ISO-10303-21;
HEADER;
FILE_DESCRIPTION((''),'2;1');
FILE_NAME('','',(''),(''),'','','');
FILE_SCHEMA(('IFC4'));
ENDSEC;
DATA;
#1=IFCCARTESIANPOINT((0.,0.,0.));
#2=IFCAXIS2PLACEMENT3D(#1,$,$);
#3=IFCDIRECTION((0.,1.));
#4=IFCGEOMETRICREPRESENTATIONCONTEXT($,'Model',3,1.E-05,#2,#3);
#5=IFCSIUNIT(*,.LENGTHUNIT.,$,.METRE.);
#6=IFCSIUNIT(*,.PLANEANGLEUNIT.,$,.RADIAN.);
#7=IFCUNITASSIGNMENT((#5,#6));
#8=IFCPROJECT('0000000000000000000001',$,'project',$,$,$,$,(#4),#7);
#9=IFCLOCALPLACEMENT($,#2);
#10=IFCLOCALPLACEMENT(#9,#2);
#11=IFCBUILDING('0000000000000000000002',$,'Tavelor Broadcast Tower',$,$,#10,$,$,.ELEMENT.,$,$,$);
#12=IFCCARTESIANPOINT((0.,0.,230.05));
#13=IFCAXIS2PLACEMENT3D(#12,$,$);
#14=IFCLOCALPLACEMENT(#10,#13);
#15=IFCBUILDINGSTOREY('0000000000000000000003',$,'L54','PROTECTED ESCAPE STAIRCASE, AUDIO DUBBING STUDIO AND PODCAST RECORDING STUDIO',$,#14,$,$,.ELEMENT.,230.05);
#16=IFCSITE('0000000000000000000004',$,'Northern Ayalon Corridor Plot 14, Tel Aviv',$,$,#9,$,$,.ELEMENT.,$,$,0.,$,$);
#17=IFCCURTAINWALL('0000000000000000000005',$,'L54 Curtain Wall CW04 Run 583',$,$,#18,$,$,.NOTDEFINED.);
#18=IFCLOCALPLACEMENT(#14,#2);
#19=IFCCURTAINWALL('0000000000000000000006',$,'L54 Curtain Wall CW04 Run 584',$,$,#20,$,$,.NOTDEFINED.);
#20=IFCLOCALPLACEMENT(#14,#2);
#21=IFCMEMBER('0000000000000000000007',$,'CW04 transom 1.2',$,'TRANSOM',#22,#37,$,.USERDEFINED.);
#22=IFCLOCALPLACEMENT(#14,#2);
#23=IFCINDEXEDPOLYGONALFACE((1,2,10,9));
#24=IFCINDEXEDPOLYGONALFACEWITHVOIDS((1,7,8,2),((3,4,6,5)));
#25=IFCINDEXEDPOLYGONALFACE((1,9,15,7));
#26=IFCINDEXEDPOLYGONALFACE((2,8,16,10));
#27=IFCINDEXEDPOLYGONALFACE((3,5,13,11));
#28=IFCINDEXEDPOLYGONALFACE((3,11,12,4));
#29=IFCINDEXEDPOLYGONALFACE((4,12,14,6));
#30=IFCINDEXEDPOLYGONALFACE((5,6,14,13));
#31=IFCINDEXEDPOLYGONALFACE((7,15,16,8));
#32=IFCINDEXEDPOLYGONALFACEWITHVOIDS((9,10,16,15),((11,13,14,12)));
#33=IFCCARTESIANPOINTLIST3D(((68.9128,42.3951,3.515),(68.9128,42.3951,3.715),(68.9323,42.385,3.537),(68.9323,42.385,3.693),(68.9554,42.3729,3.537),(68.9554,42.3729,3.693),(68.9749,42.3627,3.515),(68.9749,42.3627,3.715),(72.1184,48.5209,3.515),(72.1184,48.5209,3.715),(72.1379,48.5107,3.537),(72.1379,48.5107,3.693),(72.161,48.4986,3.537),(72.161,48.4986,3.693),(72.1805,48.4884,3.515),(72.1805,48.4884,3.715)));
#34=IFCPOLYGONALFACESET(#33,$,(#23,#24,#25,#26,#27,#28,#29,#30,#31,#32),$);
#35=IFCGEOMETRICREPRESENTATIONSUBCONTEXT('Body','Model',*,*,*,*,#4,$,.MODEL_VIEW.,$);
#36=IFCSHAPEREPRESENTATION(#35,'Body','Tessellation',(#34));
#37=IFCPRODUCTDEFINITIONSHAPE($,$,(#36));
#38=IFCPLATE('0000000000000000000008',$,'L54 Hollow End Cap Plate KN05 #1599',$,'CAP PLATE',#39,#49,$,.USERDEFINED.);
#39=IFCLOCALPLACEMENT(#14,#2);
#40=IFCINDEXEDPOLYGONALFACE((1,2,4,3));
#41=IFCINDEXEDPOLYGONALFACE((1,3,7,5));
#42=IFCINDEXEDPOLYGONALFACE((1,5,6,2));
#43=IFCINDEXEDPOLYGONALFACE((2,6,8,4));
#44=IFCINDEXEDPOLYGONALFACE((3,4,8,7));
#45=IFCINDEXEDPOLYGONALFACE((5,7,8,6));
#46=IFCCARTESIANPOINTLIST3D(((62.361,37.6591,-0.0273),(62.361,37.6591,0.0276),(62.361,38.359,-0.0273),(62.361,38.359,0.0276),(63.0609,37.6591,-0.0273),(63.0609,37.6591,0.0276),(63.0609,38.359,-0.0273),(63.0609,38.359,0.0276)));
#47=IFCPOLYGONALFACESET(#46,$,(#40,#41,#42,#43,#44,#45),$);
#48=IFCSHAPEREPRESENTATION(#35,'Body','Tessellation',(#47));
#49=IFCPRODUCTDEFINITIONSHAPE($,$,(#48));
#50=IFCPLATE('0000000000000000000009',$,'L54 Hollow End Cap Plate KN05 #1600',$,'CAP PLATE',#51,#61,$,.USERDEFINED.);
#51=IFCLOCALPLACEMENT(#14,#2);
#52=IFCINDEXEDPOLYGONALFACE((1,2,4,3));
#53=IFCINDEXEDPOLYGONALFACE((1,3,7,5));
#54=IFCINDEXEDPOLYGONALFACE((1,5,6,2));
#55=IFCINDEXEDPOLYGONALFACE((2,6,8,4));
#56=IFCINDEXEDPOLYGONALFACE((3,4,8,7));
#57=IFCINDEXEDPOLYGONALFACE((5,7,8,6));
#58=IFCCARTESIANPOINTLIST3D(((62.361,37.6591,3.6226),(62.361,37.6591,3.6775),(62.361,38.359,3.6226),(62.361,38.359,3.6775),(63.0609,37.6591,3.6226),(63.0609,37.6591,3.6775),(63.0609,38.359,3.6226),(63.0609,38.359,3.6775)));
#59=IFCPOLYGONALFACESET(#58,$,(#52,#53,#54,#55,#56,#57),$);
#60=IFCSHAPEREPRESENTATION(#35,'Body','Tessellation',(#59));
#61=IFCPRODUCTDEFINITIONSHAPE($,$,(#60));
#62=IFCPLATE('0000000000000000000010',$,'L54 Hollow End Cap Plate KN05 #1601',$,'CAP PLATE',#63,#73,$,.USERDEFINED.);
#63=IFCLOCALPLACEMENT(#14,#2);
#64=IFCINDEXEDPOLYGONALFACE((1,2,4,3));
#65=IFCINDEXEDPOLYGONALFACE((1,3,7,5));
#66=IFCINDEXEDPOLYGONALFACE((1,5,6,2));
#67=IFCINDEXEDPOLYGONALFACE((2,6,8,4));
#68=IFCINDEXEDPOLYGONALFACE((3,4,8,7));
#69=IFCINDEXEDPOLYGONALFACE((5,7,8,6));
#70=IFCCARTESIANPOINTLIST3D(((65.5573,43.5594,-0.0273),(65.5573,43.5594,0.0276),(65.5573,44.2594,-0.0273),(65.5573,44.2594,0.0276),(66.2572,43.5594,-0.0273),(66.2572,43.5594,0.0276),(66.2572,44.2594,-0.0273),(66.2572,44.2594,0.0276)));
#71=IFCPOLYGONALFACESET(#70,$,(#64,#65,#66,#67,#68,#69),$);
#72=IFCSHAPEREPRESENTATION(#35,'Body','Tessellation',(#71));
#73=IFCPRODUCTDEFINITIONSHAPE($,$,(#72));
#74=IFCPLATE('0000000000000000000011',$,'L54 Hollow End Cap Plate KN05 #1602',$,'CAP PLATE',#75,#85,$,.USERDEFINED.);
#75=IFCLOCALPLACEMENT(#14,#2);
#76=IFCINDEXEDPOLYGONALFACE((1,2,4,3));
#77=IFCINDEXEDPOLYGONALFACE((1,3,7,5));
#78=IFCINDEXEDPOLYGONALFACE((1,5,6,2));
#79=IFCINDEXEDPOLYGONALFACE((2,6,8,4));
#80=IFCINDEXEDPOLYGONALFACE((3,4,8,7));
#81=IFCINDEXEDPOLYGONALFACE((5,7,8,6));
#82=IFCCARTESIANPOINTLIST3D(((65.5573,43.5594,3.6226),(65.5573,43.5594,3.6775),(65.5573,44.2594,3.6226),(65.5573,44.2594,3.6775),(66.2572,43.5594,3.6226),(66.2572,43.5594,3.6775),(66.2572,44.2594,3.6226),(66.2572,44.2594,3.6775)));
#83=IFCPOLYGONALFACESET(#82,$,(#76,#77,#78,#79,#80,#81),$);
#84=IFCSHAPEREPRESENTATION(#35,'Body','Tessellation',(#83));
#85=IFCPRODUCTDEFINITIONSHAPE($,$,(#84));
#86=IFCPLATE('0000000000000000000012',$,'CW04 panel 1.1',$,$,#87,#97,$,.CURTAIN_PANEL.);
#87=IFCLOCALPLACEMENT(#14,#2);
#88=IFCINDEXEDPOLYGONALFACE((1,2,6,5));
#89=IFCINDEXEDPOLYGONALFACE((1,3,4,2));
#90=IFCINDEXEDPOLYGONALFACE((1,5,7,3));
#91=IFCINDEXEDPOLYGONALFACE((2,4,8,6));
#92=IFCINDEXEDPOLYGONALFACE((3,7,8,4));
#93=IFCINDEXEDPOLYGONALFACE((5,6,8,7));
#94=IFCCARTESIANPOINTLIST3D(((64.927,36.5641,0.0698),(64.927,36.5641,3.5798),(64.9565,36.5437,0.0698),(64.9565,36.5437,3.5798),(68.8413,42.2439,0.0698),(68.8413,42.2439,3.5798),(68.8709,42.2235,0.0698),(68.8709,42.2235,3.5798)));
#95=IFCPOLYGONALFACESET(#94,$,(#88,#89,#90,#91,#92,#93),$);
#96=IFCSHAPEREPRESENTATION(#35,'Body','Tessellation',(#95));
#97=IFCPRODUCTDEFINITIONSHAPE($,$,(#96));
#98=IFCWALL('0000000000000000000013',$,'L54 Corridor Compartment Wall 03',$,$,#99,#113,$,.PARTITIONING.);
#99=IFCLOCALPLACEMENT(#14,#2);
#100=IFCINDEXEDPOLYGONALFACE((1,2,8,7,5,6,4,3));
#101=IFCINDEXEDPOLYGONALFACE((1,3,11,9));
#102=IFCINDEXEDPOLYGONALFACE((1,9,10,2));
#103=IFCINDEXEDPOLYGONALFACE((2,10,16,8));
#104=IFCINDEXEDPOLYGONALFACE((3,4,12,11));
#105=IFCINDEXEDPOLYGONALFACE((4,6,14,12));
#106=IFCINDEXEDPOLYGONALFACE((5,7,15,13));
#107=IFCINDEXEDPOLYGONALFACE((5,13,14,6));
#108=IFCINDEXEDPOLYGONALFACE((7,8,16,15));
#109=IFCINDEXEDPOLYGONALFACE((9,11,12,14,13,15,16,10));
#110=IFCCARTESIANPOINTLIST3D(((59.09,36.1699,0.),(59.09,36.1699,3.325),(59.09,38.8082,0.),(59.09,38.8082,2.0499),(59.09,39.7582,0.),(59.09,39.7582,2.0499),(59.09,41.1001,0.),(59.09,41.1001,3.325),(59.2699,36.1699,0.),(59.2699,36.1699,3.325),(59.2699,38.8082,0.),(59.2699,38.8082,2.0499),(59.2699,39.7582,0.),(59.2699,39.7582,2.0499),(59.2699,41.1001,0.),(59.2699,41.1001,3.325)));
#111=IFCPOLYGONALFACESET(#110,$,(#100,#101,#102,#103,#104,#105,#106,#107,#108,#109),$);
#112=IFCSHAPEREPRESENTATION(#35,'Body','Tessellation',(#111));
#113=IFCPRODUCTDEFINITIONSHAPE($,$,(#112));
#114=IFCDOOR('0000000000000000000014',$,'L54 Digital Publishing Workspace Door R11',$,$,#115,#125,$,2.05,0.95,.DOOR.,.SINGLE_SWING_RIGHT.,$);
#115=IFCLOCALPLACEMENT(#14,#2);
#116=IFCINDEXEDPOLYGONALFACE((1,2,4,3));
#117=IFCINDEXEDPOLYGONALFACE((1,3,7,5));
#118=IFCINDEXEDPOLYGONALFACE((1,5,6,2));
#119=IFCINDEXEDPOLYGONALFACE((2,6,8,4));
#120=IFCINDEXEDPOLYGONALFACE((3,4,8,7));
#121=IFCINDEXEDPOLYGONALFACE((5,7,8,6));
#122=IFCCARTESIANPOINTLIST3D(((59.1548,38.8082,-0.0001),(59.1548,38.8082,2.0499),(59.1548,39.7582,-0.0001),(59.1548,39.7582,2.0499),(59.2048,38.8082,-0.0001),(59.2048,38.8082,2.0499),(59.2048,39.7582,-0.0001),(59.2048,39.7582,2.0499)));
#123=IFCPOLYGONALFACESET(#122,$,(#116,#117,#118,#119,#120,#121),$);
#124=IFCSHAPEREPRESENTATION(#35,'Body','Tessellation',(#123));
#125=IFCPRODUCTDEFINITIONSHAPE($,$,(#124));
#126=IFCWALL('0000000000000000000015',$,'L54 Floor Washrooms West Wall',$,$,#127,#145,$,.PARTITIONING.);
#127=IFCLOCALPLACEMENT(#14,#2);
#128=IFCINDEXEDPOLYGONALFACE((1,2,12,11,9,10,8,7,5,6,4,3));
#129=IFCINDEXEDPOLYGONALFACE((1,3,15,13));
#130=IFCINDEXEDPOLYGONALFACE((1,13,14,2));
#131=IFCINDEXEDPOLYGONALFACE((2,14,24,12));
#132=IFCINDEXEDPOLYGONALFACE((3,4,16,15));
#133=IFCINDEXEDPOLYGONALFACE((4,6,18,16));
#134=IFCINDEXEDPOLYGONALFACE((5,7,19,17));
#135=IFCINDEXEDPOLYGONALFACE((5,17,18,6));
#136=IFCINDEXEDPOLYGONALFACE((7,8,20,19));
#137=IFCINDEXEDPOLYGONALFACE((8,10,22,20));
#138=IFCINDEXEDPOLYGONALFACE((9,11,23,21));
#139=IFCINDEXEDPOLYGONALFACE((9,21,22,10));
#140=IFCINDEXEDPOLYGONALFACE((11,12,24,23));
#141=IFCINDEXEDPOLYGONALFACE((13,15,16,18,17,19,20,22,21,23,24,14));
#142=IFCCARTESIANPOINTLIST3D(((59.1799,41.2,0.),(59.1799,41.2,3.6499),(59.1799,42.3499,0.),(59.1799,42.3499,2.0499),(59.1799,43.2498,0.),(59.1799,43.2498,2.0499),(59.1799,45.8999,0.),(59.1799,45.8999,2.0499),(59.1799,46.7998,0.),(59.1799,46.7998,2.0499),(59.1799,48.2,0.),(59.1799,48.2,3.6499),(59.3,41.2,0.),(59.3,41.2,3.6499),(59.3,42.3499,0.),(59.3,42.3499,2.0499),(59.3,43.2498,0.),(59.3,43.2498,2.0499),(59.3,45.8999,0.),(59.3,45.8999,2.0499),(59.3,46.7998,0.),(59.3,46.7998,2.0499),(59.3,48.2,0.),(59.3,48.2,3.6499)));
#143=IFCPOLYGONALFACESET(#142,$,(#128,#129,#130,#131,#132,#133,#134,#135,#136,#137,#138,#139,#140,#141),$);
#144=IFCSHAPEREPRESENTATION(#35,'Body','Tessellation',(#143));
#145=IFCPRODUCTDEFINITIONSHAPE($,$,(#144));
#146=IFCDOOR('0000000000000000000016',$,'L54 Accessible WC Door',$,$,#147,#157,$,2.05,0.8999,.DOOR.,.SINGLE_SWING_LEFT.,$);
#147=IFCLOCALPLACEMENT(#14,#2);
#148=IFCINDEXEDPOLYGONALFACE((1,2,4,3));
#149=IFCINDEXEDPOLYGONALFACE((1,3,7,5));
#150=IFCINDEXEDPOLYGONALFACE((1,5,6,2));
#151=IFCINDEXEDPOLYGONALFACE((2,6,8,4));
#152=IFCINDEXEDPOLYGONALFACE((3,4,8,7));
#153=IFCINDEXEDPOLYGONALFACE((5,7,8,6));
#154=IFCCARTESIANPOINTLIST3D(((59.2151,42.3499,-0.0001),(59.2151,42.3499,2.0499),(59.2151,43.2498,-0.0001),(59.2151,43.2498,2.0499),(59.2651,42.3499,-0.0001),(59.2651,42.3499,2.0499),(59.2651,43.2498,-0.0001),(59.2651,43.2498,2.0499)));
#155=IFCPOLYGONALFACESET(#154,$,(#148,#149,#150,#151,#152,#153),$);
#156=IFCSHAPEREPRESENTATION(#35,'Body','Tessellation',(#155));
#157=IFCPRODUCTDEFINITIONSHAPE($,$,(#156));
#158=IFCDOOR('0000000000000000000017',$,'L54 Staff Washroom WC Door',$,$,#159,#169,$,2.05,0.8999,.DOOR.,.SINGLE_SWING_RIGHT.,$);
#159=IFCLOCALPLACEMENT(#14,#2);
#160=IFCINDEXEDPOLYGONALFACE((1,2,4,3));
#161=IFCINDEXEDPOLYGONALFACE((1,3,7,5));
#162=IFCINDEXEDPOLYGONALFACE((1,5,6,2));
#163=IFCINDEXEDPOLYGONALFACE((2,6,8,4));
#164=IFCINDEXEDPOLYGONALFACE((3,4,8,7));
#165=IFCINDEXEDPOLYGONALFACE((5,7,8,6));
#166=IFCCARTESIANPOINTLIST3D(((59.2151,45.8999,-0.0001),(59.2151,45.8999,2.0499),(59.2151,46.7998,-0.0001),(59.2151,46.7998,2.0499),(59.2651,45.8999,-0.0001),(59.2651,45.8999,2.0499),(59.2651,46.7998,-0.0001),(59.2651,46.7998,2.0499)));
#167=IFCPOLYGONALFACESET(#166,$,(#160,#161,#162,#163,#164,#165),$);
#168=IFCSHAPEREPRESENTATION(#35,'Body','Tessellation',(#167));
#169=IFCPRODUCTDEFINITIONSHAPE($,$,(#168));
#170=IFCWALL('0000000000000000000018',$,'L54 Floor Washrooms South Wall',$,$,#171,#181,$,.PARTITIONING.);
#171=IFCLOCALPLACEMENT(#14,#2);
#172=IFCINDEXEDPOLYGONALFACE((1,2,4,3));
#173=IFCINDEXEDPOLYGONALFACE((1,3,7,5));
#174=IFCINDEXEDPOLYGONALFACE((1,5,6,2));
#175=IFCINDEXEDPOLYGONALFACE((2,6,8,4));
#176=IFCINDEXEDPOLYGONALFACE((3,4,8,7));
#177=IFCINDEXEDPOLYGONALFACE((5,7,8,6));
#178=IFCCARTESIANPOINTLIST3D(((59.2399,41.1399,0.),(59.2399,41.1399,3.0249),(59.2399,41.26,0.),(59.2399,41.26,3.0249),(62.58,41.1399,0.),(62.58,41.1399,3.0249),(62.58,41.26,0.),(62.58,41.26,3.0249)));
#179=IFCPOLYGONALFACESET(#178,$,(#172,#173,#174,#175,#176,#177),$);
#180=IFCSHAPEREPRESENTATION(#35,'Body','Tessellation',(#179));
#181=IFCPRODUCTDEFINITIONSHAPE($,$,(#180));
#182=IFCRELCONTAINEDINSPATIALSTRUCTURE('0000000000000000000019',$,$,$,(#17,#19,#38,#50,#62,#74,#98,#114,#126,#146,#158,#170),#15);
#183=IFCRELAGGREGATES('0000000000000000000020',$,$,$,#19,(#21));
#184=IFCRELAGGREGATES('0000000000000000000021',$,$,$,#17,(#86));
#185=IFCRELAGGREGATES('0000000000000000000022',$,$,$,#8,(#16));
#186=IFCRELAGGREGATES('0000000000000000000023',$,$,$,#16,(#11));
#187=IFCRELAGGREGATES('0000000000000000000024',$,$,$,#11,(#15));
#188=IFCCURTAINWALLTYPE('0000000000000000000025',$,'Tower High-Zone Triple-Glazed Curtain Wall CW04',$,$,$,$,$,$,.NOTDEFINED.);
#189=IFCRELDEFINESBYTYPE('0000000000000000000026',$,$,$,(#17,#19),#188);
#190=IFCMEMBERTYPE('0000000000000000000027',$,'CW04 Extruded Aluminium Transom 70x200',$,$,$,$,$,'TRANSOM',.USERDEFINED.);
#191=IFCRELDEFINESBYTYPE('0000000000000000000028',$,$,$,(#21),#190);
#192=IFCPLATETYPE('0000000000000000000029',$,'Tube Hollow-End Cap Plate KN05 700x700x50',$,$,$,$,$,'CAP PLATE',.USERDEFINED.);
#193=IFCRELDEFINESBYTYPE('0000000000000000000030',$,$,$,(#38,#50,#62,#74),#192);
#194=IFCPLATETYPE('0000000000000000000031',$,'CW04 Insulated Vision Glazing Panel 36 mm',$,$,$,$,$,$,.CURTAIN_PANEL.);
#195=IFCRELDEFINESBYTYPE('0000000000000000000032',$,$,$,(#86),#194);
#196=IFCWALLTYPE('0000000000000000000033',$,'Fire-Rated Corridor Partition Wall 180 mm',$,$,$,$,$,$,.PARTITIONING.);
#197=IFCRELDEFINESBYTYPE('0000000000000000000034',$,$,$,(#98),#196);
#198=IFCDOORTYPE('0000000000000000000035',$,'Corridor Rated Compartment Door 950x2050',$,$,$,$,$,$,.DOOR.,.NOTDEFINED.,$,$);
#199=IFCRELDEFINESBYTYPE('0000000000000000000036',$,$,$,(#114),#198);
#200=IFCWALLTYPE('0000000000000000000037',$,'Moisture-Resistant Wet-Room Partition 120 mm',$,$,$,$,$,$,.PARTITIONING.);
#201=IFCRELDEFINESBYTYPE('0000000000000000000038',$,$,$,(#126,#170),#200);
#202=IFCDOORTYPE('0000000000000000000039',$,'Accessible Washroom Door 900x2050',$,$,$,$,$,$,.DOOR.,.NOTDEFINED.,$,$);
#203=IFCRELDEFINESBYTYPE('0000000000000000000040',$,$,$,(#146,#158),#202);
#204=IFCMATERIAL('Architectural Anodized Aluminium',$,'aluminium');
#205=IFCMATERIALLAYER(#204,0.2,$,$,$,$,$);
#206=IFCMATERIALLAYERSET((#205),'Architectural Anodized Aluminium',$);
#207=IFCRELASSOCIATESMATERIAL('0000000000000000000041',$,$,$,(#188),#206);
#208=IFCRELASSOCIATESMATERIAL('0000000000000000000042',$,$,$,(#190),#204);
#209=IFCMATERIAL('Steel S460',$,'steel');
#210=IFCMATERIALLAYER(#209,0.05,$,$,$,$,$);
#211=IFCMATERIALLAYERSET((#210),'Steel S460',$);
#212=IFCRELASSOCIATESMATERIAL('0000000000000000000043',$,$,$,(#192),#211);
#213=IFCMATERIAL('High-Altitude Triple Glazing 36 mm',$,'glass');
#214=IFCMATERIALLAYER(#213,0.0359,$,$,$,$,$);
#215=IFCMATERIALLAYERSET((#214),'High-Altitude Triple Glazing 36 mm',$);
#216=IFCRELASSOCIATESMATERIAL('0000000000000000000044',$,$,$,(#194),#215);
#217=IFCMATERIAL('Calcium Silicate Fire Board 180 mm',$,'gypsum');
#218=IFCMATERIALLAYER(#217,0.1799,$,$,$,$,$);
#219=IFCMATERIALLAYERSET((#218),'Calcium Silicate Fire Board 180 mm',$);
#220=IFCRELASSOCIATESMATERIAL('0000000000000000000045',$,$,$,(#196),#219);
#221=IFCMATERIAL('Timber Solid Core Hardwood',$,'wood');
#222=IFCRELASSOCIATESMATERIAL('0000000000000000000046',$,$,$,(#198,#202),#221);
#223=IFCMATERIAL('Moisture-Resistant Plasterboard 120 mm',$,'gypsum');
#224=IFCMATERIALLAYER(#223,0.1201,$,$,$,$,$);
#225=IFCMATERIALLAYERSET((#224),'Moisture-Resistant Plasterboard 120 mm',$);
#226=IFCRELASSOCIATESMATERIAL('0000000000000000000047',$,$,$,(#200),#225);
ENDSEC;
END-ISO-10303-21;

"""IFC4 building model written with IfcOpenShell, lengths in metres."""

from ifc_helpers import new_model, si_unit, direction, frame, frame_2d, origin, origin_2d, place, context, subcontext, project, spatial, rectangle, hollow_rectangle, extrude, source, transform, mapped, material, layer, layer_set, material_profile, profile_set, type_object, type_shapes, element, fill, aggregate, save


model = new_model("IFC4")

# Units and contexts
model_context = context("Model", 3, precision=1e-05, world=origin(), true_north=direction((0.0, 1.0)))
body_context = subcontext(model_context, "Body", "Model", "MODEL_VIEW")
ifc_project = project(units=[si_unit("LENGTHUNIT", "METRE"), si_unit("PLANEANGLEUNIT", "RADIAN")], contexts=[model_context])

# Site, building, storey
site_placement = place(None, origin())
site = spatial("IfcSite", under=ifc_project, at=site_placement, Name="Northern Ayalon Corridor Plot 14, Tel Aviv", CompositionType="ELEMENT", RefElevation=0.0)
building_placement = place(site_placement, origin())
building = spatial("IfcBuilding", under=site, at=building_placement, Name="Tavelor Broadcast Tower", CompositionType="ELEMENT")
storey_placement = place(building_placement, frame((0.0, 0.0, 230.05)))
storey = spatial("IfcBuildingStorey", under=building, at=storey_placement, Name="L54", Description="PROTECTED ESCAPE STAIRCASE, AUDIO DUBBING STUDIO AND PODCAST RECORDING STUDIO", CompositionType="ELEMENT", Elevation=230.05)

# Shared definitions
ifc_material_1 = material(Name="Steel S460", Category="steel")

# Curtain wall
ifc_material_2 = material(Name="Architectural Anodized Aluminium", Category="aluminium")
ifc_layer_1 = layer(ifc_material_2, 0.2)
ifc_layer_set_1 = layer_set([ifc_layer_1], Name="Architectural Anodized Aluminium")
curtain_wall_type = type_object("IfcCurtainWallType", Name="Tower High-Zone Triple-Glazed Curtain Wall CW04", PredefinedType="NOTDEFINED", material=ifc_layer_set_1)
curtain_wall_1_placement = place(storey_placement, origin())
curtain_wall_1 = element("IfcCurtainWall", 1, at=curtain_wall_1_placement, inside=storey, type_object=curtain_wall_type, Name="L54 Curtain Wall CW04 Run 583", PredefinedType="NOTDEFINED")

# Curtain wall, member
curtain_wall_2_placement = place(storey_placement, origin())
curtain_wall_2 = element("IfcCurtainWall", 2, at=curtain_wall_2_placement, inside=storey, type_object=curtain_wall_type, Name="L54 Curtain Wall CW04 Run 584", PredefinedType="NOTDEFINED")
ifc_material_profile_1 = material_profile(ifc_material_2, hollow_rectangle(XDim=0.0701, YDim=0.2, WallThickness=0.022, at=origin_2d()), Name="RHS 70x200x22")
ifc_profile_set_1 = profile_set([ifc_material_profile_1], Name="Architectural Anodized Aluminium")
member_type_1 = type_object("IfcMemberType", Name="CW04 Extruded Aluminium Transom 70x200", ElementType="TRANSOM", PredefinedType="USERDEFINED", material=ifc_profile_set_1)
shared_shape_1 = source(origin(), body_context, "Body", "SweptSolid", [
    extrude(hollow_rectangle(XDim=0.0701, YDim=0.2, WallThickness=0.022, at=origin_2d()), origin(), (0.0, 0.0, 1.0), 6.9138),
])
type_shapes(member_type_1, [shared_shape_1])
member_1_placement = place(storey_placement, frame((68.9438, 42.3789, 3.615), z_axis=(0.463649, 0.886019, 0.0), x_axis=(-0.886019, 0.463649, 0.0)))
member_1 = element("IfcMember", 3, at=member_1_placement, type_object=member_type_1, Name="CW04 transom 1.2", ObjectType="TRANSOM", PredefinedType="USERDEFINED", context=body_context, shape_type="MappedRepresentation", body=[
    mapped(shared_shape_1, transform((0.0, 0.0, 0.0), scale=1.0)),
])
aggregate(curtain_wall_2, [member_1])

# Plates
ifc_layer_2 = layer(ifc_material_1, 0.05)
ifc_layer_set_2 = layer_set([ifc_layer_2], Name="Steel S460")
plate_type_1 = type_object("IfcPlateType", Name="Tube Hollow-End Cap Plate KN05 700x700x50", ElementType="CAP PLATE", PredefinedType="USERDEFINED", material=ifc_layer_set_2)
shared_shape_2 = source(origin(), body_context, "Body", "SweptSolid", [
    extrude(rectangle(XDim=0.7, YDim=0.7, at=origin_2d()), origin(), (0.0, 0.0, 1.0), 0.0549),
])
type_shapes(plate_type_1, [shared_shape_2])
for number, where, z_axis, x_axis, name in (
    (4, (62.7109, 38.009, -0.0273), (0.0, 0.0, 1.0), (1.0, 0.0, 0.0), "L54 Hollow End Cap Plate KN05 #1599"),
    (5, (62.7109, 38.009, 3.6226), (0.0, 0.0, 1.0), (1.0, 0.0, 0.0), "L54 Hollow End Cap Plate KN05 #1600"),
    (6, (65.9072, 43.9094, -0.0273), (0.0, 0.0, 1.0), (1.0, 0.0, 0.0), "L54 Hollow End Cap Plate KN05 #1601"),
    (7, (65.9072, 43.9094, 3.6226), (0.0, 0.0, 1.0), (1.0, 0.0, 0.0), "L54 Hollow End Cap Plate KN05 #1602"),
):
    element("IfcPlate", number, at=place(storey_placement, frame(where, z_axis=z_axis, x_axis=x_axis)), inside=storey, type_object=plate_type_1, Name=name, ObjectType="CAP PLATE", PredefinedType="USERDEFINED", context=body_context, shape_type="MappedRepresentation", body=[
        mapped(shared_shape_2, transform((0.0, 0.0, 0.0), scale=1.0)),
    ])

# Plate
ifc_material_3 = material(Name="High-Altitude Triple Glazing 36 mm", Category="glass")
ifc_layer_3 = layer(ifc_material_3, 0.0359)
ifc_layer_set_3 = layer_set([ifc_layer_3], Name="High-Altitude Triple Glazing 36 mm")
plate_type_2 = type_object("IfcPlateType", Name="CW04 Insulated Vision Glazing Panel 36 mm", PredefinedType="CURTAIN_PANEL", material=ifc_layer_set_3)
shared_shape_3 = source(origin(), body_context, "Body", "SweptSolid", [
    extrude(rectangle(XDim=6.8979, YDim=0.0359, at=origin_2d()), origin(), (0.0, 0.0, 1.0), 3.51),
])
type_shapes(plate_type_2, [shared_shape_3])
plate_placement = place(storey_placement, frame((66.8989, 39.3938, 0.0698), z_axis=(0.0, 0.0, 1.0), x_axis=(0.567468, 0.823395, 0.0)))
plate = element("IfcPlate", 8, at=plate_placement, type_object=plate_type_2, Name="CW04 panel 1.1", PredefinedType="CURTAIN_PANEL", context=body_context, shape_type="MappedRepresentation", body=[
    mapped(shared_shape_3, transform((0.0, 0.0, 0.0), scale=1.0)),
])
aggregate(curtain_wall_1, [plate])

# Wall, opening, door
ifc_material_4 = material(Name="Calcium Silicate Fire Board 180 mm", Category="gypsum")
ifc_layer_4 = layer(ifc_material_4, 0.1799)
ifc_layer_set_4 = layer_set([ifc_layer_4], Name="Calcium Silicate Fire Board 180 mm")
wall_type_1 = type_object("IfcWallType", Name="Fire-Rated Corridor Partition Wall 180 mm", PredefinedType="PARTITIONING", material=ifc_layer_set_4)
wall_1_placement = place(storey_placement, frame((59.1799, 41.1001, 0.0), z_axis=(0.0, 0.0, 1.0), x_axis=(0.0, -1.0, 0.0)))
wall_1 = element("IfcWall", 9, at=wall_1_placement, inside=storey, type_object=wall_type_1, Name="L54 Corridor Compartment Wall 03", PredefinedType="PARTITIONING", context=body_context, shape_type="SweptSolid", body=[
    extrude(rectangle(XDim=4.9302, YDim=0.1799, at=frame_2d((2.4651, 0.0))), origin(), (0.0, 0.0, 1.0), 3.325),
])
opening_1_placement = place(wall_1_placement, frame((1.3418, 0.0, 0.0)))
opening_1 = element("IfcOpeningElement", 10, at=opening_1_placement, cuts=wall_1, PredefinedType="OPENING", context=body_context, shape_type="SweptSolid", body=[
    extrude(rectangle(XDim=0.95, YDim=2.05, at=frame_2d((0.4751, 1.0249))), frame((0.0, 0.1001, 0.0), z_axis=(0.0, -1.0, 0.0), x_axis=(1.0, 0.0, 0.0)), (0.0, 0.0, 1.0), 0.2),
])
ifc_material_5 = material(Name="Timber Solid Core Hardwood", Category="wood")
door_type_1 = type_object("IfcDoorType", Name="Corridor Rated Compartment Door 950x2050", OperationType="NOTDEFINED", PredefinedType="DOOR", material=ifc_material_5)
door_1_placement = place(opening_1_placement, origin())
door_1 = element("IfcDoor", 11, at=door_1_placement, inside=storey, type_object=door_type_1, Name="L54 Digital Publishing Workspace Door R11", OperationType="SINGLE_SWING_RIGHT", OverallHeight=2.05, OverallWidth=0.95, PredefinedType="DOOR", context=body_context, shape_type="SweptSolid", body=[
    extrude(rectangle(XDim=0.95, YDim=2.05, at=frame_2d((0.4751, 1.0249))), frame((0.0, 0.0249, 0.0), z_axis=(0.0, -1.0, 0.0), x_axis=(1.0, 0.0, 0.0)), (0.0, 0.0, 1.0), 0.05),
])
fill(opening_1, door_1)

# Wall, openings, doors
ifc_material_6 = material(Name="Moisture-Resistant Plasterboard 120 mm", Category="gypsum")
ifc_layer_5 = layer(ifc_material_6, 0.1201)
ifc_layer_set_5 = layer_set([ifc_layer_5], Name="Moisture-Resistant Plasterboard 120 mm")
wall_type_2 = type_object("IfcWallType", Name="Moisture-Resistant Wet-Room Partition 120 mm", PredefinedType="PARTITIONING", material=ifc_layer_set_5)
wall_2_placement = place(storey_placement, frame((59.24, 41.2, 0.0), z_axis=(0.0, 0.0, 1.0), x_axis=(0.0, 1.0, 0.0)))
wall_2 = element("IfcWall", 12, at=wall_2_placement, inside=storey, type_object=wall_type_2, Name="L54 Floor Washrooms West Wall", PredefinedType="PARTITIONING", context=body_context, shape_type="SweptSolid", body=[
    extrude(rectangle(XDim=7.0, YDim=0.1201, at=frame_2d((3.5, 0.0))), origin(), (0.0, 0.0, 1.0), 3.6499),
])
opening_2_placement = place(wall_2_placement, frame((1.1499, 0.0, 0.0)))
opening_2 = element("IfcOpeningElement", 13, at=opening_2_placement, cuts=wall_2, PredefinedType="OPENING", context=body_context, shape_type="SweptSolid", body=[
    extrude(rectangle(XDim=0.8999, YDim=2.05, at=frame_2d((0.45, 1.0249))), frame((0.0, 0.0701, 0.0), z_axis=(0.0, -1.0, 0.0), x_axis=(1.0, 0.0, 0.0)), (0.0, 0.0, 1.0), 0.1401),
])
opening_3_placement = place(wall_2_placement, frame((4.7, 0.0, 0.0)))
opening_3 = element("IfcOpeningElement", 14, at=opening_3_placement, cuts=wall_2, PredefinedType="OPENING", context=body_context, shape_type="SweptSolid", body=[
    extrude(rectangle(XDim=0.8999, YDim=2.05, at=frame_2d((0.45, 1.0249))), frame((0.0, 0.0701, 0.0), z_axis=(0.0, -1.0, 0.0), x_axis=(1.0, 0.0, 0.0)), (0.0, 0.0, 1.0), 0.1401),
])
door_type_2 = type_object("IfcDoorType", Name="Accessible Washroom Door 900x2050", OperationType="NOTDEFINED", PredefinedType="DOOR", material=ifc_material_5)
door_2_placement = place(opening_2_placement, origin())
door_2 = element("IfcDoor", 15, at=door_2_placement, inside=storey, type_object=door_type_2, Name="L54 Accessible WC Door", OperationType="SINGLE_SWING_LEFT", OverallHeight=2.05, OverallWidth=0.8999, PredefinedType="DOOR", context=body_context, shape_type="SweptSolid", body=[
    extrude(rectangle(XDim=0.8999, YDim=2.05, at=frame_2d((0.45, 1.0249))), frame((0.0, 0.0249, 0.0), z_axis=(0.0, -1.0, 0.0), x_axis=(1.0, 0.0, 0.0)), (0.0, 0.0, 1.0), 0.05),
])
fill(opening_2, door_2)
door_3_placement = place(opening_3_placement, origin())
door_3 = element("IfcDoor", 16, at=door_3_placement, inside=storey, type_object=door_type_2, Name="L54 Staff Washroom WC Door", OperationType="SINGLE_SWING_RIGHT", OverallHeight=2.05, OverallWidth=0.8999, PredefinedType="DOOR", context=body_context, shape_type="SweptSolid", body=[
    extrude(rectangle(XDim=0.8999, YDim=2.05, at=frame_2d((0.45, 1.0249))), frame((0.0, 0.0249, 0.0), z_axis=(0.0, -1.0, 0.0), x_axis=(1.0, 0.0, 0.0)), (0.0, 0.0, 1.0), 0.05),
])
fill(opening_3, door_3)

# Wall
wall_3_placement = place(storey_placement, frame((59.24, 41.2, 0.0), z_axis=(0.0, 0.0, 1.0), x_axis=(1.0, 0.0, 0.0)))
element("IfcWall", 17, at=wall_3_placement, inside=storey, type_object=wall_type_2, Name="L54 Floor Washrooms South Wall", PredefinedType="PARTITIONING", context=body_context, shape_type="SweptSolid", body=[
    extrude(rectangle(XDim=3.3401, YDim=0.1201, at=frame_2d((1.6699, 0.0))), origin(), (0.0, 0.0, 1.0), 3.0249),
])

save(model, "model.ifc")
